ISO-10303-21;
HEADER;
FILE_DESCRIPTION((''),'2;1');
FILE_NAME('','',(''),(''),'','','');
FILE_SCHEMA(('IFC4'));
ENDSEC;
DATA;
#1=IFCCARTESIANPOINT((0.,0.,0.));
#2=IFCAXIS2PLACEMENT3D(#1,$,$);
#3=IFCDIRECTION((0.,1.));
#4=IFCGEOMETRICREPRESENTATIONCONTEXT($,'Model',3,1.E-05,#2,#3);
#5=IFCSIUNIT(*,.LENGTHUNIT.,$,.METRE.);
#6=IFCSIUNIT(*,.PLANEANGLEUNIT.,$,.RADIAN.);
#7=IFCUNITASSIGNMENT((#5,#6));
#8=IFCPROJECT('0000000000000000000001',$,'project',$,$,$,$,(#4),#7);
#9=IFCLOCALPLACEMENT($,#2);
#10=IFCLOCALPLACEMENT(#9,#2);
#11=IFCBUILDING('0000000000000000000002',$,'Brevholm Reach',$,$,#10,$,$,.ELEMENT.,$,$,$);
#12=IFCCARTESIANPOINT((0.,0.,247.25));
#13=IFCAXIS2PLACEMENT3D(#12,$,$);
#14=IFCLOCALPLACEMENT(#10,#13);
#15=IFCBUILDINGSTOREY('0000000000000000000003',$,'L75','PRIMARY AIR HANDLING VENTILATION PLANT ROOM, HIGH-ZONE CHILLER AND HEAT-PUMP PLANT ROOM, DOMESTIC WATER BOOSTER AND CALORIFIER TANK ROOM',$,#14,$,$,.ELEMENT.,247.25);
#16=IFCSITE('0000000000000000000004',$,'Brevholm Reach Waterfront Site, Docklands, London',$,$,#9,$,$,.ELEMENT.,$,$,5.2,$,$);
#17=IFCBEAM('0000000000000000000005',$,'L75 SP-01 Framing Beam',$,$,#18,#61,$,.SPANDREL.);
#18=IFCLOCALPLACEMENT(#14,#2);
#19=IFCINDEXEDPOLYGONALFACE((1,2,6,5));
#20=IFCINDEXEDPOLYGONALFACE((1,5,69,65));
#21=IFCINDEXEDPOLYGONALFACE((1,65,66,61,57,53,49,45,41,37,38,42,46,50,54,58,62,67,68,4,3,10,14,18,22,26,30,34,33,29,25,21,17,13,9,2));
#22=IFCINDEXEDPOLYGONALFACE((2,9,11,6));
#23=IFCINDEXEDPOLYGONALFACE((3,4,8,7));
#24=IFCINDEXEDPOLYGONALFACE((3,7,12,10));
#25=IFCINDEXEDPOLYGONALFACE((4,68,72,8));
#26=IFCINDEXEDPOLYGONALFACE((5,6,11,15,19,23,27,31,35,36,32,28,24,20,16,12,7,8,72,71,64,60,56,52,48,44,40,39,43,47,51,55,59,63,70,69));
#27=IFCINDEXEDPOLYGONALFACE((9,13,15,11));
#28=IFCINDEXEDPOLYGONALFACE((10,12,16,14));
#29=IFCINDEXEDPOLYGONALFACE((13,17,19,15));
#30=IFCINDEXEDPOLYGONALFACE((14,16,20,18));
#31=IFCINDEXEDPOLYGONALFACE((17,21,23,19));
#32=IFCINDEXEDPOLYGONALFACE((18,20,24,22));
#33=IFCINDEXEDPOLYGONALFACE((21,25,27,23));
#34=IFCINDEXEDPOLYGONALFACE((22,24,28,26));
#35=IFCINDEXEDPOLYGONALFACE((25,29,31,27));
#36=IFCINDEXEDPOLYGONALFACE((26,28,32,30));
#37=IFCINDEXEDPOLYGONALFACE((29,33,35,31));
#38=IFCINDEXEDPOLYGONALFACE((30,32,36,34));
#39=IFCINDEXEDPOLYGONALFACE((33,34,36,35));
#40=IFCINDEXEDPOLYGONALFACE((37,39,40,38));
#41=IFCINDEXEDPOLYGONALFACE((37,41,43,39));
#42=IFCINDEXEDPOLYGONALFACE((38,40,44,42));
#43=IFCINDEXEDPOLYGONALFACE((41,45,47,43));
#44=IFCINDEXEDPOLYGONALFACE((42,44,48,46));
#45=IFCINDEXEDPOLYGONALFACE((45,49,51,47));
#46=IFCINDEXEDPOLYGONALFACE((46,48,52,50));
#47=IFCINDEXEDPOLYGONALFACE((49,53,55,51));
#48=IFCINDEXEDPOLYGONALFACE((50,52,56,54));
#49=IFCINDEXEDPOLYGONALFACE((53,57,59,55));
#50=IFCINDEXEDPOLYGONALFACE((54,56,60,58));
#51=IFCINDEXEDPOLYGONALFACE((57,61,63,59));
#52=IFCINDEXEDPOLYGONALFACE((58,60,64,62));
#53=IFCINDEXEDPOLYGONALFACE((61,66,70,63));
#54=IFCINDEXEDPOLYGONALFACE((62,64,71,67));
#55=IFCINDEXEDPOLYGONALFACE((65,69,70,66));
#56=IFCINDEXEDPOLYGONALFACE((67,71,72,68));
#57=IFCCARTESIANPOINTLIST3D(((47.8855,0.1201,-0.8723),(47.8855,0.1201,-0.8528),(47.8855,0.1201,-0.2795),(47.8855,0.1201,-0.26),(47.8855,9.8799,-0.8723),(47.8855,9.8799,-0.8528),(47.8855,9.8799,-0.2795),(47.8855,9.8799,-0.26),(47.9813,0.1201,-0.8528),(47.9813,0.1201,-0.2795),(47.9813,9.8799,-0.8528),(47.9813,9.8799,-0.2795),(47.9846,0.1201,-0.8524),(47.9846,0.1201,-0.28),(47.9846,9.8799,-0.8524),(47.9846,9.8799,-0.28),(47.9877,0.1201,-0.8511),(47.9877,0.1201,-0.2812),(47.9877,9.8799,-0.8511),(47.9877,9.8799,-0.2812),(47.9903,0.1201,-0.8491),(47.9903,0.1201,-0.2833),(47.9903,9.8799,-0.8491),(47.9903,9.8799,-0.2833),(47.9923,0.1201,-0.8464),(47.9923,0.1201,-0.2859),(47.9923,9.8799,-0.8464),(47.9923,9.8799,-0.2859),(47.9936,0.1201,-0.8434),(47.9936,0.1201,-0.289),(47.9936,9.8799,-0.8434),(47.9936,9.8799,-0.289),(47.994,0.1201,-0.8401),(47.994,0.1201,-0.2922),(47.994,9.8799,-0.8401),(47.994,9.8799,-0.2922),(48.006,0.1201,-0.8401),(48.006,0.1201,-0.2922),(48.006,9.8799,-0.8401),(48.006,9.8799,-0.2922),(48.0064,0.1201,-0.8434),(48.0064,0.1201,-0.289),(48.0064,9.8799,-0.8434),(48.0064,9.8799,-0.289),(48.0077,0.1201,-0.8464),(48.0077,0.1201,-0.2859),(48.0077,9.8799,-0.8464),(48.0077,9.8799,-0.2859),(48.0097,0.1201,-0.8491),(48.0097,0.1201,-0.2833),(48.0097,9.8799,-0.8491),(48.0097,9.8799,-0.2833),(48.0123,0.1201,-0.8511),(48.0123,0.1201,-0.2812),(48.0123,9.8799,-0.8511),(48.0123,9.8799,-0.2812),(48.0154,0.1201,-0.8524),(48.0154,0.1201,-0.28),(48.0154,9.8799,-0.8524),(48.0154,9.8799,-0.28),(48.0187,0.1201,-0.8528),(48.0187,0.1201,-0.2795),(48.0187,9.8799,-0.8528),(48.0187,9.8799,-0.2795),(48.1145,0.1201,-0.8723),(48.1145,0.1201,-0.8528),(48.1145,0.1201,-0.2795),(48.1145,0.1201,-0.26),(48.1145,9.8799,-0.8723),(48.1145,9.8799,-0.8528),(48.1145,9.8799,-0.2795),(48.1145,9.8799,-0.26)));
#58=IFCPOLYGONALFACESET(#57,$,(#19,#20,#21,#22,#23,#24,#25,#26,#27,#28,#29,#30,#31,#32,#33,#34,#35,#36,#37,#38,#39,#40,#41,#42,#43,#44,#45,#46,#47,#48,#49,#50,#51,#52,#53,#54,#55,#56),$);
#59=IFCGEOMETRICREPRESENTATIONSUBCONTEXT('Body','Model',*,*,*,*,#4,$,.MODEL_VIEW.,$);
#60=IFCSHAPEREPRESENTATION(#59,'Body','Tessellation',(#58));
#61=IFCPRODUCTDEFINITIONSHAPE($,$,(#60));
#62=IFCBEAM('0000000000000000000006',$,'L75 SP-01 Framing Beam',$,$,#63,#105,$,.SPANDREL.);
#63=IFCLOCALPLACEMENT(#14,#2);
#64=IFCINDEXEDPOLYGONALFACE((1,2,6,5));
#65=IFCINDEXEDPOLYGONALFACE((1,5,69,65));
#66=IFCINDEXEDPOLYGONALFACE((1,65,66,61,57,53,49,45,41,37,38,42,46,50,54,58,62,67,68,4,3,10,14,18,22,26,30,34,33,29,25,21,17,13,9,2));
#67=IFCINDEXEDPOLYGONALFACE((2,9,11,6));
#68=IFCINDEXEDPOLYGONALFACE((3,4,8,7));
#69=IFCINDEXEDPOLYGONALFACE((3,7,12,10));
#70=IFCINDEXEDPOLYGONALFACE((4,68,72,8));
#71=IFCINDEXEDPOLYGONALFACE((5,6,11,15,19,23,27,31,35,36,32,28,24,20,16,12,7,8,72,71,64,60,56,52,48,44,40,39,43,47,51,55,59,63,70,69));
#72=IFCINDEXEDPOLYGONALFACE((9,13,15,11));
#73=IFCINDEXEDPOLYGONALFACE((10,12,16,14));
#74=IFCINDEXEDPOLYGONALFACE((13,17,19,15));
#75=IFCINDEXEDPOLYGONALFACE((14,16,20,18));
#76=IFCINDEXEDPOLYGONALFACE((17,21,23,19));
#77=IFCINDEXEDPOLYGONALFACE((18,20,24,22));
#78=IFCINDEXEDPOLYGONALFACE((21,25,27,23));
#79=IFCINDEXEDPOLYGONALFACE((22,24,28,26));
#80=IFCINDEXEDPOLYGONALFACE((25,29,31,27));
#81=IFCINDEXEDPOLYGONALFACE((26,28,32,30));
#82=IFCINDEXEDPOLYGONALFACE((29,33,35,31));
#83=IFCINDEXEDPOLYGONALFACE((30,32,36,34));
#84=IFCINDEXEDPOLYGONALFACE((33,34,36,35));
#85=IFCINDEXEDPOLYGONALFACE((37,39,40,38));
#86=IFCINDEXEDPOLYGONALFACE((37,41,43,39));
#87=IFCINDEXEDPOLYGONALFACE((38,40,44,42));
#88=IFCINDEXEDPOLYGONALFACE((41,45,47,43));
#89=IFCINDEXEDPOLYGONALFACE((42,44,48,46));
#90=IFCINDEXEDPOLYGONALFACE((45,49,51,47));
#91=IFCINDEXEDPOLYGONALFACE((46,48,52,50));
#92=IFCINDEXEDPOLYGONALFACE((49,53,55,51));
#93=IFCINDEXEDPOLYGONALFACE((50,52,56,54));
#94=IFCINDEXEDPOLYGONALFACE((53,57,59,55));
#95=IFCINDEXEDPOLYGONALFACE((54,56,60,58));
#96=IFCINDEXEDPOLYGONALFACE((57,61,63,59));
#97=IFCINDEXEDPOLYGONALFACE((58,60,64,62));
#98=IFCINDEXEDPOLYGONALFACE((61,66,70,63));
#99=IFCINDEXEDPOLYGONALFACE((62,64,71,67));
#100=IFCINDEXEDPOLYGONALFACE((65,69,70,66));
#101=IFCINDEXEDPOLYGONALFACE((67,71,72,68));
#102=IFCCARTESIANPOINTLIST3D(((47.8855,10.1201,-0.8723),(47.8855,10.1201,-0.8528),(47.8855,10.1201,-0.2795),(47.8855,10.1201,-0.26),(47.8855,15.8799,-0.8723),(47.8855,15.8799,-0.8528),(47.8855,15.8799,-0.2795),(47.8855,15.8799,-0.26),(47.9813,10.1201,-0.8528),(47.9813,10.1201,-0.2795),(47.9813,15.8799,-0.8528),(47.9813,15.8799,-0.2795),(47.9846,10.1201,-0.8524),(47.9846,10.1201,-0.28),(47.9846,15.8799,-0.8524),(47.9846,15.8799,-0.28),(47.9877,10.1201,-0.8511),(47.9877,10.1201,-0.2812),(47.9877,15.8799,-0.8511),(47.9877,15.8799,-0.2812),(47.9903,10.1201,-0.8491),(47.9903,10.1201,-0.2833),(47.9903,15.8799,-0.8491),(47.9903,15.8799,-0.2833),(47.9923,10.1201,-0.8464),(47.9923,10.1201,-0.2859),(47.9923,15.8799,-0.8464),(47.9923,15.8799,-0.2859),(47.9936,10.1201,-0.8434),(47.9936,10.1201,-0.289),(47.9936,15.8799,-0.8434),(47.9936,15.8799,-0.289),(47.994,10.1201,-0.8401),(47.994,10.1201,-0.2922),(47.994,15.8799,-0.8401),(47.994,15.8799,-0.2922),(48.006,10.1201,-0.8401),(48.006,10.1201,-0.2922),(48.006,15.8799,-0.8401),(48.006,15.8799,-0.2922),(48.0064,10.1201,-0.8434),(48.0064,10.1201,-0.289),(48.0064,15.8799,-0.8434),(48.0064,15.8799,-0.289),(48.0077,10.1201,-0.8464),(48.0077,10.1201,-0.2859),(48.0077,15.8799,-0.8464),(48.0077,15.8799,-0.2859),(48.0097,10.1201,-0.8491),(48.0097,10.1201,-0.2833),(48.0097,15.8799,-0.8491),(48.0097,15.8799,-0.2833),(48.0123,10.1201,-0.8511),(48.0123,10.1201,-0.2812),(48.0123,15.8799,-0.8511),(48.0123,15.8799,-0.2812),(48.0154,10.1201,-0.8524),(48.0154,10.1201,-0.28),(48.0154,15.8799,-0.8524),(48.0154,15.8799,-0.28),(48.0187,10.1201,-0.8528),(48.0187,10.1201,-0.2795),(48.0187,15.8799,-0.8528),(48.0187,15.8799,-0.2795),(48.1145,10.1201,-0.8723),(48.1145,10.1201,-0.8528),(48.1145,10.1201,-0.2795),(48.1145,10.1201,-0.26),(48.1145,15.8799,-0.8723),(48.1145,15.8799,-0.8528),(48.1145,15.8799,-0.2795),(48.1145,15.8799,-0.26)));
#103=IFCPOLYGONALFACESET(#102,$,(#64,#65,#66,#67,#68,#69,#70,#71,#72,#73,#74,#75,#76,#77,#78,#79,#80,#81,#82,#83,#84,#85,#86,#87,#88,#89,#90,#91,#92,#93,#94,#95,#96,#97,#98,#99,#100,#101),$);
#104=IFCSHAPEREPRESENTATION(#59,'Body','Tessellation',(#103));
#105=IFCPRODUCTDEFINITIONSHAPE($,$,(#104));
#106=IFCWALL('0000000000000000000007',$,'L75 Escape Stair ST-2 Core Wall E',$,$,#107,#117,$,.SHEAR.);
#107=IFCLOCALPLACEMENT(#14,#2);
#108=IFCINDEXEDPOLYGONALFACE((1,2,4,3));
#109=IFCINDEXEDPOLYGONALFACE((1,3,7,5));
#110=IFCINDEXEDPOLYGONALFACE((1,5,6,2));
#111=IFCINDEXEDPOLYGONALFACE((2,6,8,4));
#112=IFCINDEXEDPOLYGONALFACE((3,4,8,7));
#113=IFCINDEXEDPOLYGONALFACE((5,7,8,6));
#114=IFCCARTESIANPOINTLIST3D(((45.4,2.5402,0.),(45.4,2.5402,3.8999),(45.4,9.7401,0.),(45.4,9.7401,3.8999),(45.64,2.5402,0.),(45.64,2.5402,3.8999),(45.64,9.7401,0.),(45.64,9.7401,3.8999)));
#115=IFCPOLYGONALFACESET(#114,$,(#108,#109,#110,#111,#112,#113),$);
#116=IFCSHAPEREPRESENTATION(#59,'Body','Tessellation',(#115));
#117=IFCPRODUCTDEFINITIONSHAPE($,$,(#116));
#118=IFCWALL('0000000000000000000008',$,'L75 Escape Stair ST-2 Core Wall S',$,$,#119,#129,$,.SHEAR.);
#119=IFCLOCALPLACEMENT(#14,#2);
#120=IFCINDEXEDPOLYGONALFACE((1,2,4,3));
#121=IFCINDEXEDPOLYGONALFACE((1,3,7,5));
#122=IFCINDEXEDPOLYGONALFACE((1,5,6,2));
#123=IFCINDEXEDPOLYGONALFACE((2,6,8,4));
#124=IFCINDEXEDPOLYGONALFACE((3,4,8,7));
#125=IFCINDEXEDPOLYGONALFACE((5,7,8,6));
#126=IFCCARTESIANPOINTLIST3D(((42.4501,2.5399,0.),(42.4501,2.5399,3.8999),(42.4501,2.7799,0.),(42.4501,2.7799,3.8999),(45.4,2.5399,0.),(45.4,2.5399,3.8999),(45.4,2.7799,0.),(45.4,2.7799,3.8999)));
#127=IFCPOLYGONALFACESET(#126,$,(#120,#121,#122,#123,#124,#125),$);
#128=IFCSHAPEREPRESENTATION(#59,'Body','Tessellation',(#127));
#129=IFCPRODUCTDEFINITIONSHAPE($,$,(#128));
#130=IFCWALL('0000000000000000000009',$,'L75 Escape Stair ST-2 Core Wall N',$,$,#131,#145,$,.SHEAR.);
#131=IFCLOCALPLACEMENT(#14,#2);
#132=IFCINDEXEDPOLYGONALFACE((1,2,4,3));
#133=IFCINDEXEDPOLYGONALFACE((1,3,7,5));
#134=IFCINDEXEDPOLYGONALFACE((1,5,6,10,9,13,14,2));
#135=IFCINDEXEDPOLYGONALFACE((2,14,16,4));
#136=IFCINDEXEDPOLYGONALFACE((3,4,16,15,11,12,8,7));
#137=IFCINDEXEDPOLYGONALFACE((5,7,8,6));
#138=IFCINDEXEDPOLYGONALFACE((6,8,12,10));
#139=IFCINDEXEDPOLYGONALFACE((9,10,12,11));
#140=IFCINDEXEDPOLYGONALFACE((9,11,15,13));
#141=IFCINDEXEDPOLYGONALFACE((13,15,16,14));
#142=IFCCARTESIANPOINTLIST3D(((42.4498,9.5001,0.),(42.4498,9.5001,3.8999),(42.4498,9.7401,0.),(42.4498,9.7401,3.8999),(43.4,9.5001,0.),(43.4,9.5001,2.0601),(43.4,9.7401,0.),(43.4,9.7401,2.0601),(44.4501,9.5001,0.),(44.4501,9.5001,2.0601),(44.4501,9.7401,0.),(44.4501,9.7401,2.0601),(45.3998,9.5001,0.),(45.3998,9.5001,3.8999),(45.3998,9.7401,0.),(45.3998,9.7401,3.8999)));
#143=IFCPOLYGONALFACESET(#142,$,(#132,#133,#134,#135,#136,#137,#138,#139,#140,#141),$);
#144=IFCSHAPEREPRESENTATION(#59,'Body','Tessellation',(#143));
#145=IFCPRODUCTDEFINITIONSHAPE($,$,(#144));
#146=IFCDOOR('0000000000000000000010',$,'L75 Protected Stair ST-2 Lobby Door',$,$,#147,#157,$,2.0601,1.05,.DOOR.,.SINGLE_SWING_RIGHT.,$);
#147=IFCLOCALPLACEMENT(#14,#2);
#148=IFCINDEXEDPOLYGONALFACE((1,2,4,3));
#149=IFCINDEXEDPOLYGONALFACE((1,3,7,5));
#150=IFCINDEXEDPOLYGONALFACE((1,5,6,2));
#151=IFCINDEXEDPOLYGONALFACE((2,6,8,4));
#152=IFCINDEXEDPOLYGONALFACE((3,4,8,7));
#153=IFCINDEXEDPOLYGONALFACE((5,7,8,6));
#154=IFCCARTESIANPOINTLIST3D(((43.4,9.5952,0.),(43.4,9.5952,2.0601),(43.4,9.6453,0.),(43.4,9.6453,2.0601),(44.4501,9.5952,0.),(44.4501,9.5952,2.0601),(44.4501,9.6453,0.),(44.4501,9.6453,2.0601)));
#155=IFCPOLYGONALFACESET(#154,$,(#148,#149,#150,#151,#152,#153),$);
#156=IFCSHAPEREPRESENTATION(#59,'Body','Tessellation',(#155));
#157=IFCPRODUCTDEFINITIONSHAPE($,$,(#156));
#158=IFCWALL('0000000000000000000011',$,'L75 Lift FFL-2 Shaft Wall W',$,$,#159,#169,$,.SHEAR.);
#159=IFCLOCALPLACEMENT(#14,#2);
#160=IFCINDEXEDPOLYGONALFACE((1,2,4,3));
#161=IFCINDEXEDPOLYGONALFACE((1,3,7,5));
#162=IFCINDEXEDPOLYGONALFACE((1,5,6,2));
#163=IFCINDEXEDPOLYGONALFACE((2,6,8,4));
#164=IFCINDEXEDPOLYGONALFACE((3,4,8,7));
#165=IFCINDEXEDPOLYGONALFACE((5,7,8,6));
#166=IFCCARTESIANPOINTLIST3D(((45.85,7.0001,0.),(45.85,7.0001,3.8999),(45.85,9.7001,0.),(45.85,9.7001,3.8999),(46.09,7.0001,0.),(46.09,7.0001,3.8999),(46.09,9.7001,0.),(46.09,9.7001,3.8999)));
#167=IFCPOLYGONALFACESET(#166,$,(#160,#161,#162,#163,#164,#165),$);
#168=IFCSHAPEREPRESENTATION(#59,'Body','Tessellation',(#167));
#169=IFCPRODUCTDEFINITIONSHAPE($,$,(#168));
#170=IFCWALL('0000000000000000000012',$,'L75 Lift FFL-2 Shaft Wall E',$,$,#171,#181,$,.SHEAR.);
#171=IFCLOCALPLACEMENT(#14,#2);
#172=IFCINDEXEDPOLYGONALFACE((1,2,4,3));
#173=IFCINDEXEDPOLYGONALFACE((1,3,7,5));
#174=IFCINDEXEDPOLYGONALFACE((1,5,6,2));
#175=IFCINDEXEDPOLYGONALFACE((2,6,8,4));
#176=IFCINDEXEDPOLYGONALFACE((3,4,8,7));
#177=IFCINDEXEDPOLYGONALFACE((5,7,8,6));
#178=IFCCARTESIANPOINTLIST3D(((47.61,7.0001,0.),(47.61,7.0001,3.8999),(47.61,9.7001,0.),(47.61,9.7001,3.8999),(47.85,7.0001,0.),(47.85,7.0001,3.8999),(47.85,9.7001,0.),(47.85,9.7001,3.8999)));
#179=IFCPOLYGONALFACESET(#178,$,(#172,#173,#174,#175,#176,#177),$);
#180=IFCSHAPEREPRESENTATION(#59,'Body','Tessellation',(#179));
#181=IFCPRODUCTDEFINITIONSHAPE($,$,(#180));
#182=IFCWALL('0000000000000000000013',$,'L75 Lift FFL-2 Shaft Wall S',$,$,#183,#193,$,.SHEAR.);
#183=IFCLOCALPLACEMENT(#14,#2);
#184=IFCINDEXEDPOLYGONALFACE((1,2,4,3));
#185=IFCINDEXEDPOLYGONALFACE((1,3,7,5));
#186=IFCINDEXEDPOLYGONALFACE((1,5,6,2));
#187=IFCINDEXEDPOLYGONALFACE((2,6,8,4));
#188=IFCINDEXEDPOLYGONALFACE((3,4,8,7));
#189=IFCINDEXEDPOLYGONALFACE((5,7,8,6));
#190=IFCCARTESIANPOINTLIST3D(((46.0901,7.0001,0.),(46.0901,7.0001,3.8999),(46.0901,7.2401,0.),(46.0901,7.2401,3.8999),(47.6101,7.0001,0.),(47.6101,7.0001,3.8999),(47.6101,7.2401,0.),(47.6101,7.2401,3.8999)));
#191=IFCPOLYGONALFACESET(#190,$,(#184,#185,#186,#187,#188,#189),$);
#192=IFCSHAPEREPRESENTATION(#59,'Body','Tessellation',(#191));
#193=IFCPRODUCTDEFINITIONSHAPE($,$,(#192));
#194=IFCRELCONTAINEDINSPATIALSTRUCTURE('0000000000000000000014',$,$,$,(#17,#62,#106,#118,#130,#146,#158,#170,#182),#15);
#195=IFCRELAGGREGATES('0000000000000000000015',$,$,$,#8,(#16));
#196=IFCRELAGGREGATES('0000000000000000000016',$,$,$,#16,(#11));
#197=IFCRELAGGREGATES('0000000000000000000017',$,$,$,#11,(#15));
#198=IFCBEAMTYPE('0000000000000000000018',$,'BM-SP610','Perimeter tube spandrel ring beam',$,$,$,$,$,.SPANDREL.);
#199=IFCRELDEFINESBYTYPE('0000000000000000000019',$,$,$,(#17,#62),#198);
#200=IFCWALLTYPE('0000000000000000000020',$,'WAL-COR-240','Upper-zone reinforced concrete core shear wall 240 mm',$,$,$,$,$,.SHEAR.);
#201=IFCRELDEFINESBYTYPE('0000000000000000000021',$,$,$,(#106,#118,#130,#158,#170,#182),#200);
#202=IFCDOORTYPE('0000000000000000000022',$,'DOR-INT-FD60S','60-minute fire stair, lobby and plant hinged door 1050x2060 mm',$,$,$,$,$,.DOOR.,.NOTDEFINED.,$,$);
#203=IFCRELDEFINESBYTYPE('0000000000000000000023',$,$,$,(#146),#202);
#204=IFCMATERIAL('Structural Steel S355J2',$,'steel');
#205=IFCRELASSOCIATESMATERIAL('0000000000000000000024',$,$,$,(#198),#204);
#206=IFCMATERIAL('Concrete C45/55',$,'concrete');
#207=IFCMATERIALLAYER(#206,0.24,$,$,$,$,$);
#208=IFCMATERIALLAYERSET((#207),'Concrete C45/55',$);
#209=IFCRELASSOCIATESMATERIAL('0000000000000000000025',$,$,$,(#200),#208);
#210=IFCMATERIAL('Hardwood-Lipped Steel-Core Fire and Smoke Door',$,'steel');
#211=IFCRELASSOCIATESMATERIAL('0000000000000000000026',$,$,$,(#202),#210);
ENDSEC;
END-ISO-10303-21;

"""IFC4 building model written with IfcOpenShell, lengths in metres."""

from ifc_helpers import new_model, si_unit, direction, frame, frame_2d, origin, origin_2d, place, context, subcontext, project, spatial, rectangle, i_section, extrude, material, layer, layer_set, material_profile, profile_set, type_object, element, fill, save


model = new_model("IFC4")

# Units and contexts
model_context = context("Model", 3, precision=1e-05, world=origin(), true_north=direction((0.0, 1.0)))
body_context = subcontext(model_context, "Body", "Model", "MODEL_VIEW")
ifc_project = project(units=[si_unit("LENGTHUNIT", "METRE"), si_unit("PLANEANGLEUNIT", "RADIAN")], contexts=[model_context])

# Site, building, storey
site_placement = place(None, origin())
site = spatial("IfcSite", under=ifc_project, at=site_placement, Name="Brevholm Reach Waterfront Site, Docklands, London", CompositionType="ELEMENT", RefElevation=5.2)
building_placement = place(site_placement, origin())
building = spatial("IfcBuilding", under=site, at=building_placement, Name="Brevholm Reach", CompositionType="ELEMENT")
storey_placement = place(building_placement, frame((0.0, 0.0, 247.25)))
storey = spatial("IfcBuildingStorey", under=building, at=storey_placement, Name="L75", Description="PRIMARY AIR HANDLING VENTILATION PLANT ROOM, HIGH-ZONE CHILLER AND HEAT-PUMP PLANT ROOM, DOMESTIC WATER BOOSTER AND CALORIFIER TANK ROOM", CompositionType="ELEMENT", Elevation=247.25)

# Beams
ifc_material_1 = material(Name="Structural Steel S355J2", Category="steel")
ifc_material_profile_1 = material_profile(ifc_material_1, i_section(OverallWidth=0.229, OverallDepth=0.6123, WebThickness=0.012, FlangeThickness=0.0195, FilletRadius=0.0127, at=origin_2d()), Name="UKB 610x229x125")
ifc_profile_set_1 = profile_set([ifc_material_profile_1], Name="Structural Steel S355J2")
beam_type_1 = type_object("IfcBeamType", Name="BM-SP610", Description="Perimeter tube spandrel ring beam", PredefinedType="SPANDREL", material=ifc_profile_set_1)
beam_1_placement = place(storey_placement, frame((48.0, 0.1201, -0.5662), z_axis=(0.0, 1.0, 0.0), x_axis=(-1.0, 0.0, 0.0)))
element("IfcBeam", 1, at=beam_1_placement, inside=storey, type_object=beam_type_1, Name="L75 SP-01 Framing Beam", PredefinedType="SPANDREL", context=body_context, shape_type="SweptSolid", body=[
    extrude(i_section(OverallWidth=0.229, OverallDepth=0.6123, WebThickness=0.012, FlangeThickness=0.0195, FilletRadius=0.0127, at=origin_2d()), origin(), (0.0, 0.0, 1.0), 9.7598),
])
beam_2_placement = place(storey_placement, frame((48.0, 10.1201, -0.5662), z_axis=(0.0, 1.0, 0.0), x_axis=(-1.0, 0.0, 0.0)))
element("IfcBeam", 2, at=beam_2_placement, inside=storey, type_object=beam_type_1, Name="L75 SP-01 Framing Beam", PredefinedType="SPANDREL", context=body_context, shape_type="SweptSolid", body=[
    extrude(i_section(OverallWidth=0.229, OverallDepth=0.6123, WebThickness=0.012, FlangeThickness=0.0195, FilletRadius=0.0127, at=origin_2d()), origin(), (0.0, 0.0, 1.0), 5.7598),
])

# Walls
ifc_material_2 = material(Name="Concrete C45/55", Category="concrete")
ifc_layer_1 = layer(ifc_material_2, 0.24)
ifc_layer_set_1 = layer_set([ifc_layer_1], Name="Concrete C45/55")
wall_type = type_object("IfcWallType", Name="WAL-COR-240", Description="Upper-zone reinforced concrete core shear wall 240 mm", PredefinedType="SHEAR", material=ifc_layer_set_1)
wall_1_placement = place(storey_placement, frame((45.52, 2.54, 0.0), z_axis=(0.0, 0.0, 1.0), x_axis=(0.0, 1.0, 0.0)))
element("IfcWall", 3, at=wall_1_placement, inside=storey, type_object=wall_type, Name="L75 Escape Stair ST-2 Core Wall E", PredefinedType="SHEAR", context=body_context, shape_type="SweptSolid", body=[
    extrude(rectangle(XDim=7.2, YDim=0.24, at=frame_2d((3.6001, 0.0))), origin(), (0.0, 0.0, 1.0), 3.8999),
])
wall_2_placement = place(storey_placement, frame((42.45, 2.6599, 0.0), z_axis=(0.0, 0.0, 1.0), x_axis=(1.0, 0.0, 0.0)))
element("IfcWall", 4, at=wall_2_placement, inside=storey, type_object=wall_type, Name="L75 Escape Stair ST-2 Core Wall S", PredefinedType="SHEAR", context=body_context, shape_type="SweptSolid", body=[
    extrude(rectangle(XDim=2.95, YDim=0.24, at=frame_2d((1.4751, 0.0))), origin(), (0.0, 0.0, 1.0), 3.8999),
])

# Wall, opening, door
wall_3_placement = place(storey_placement, frame((45.3999, 9.6201, 0.0), z_axis=(0.0, 0.0, 1.0), x_axis=(-1.0, 0.0, 0.0)))
wall_3 = element("IfcWall", 5, at=wall_3_placement, inside=storey, type_object=wall_type, Name="L75 Escape Stair ST-2 Core Wall N", PredefinedType="SHEAR", context=body_context, shape_type="SweptSolid", body=[
    extrude(rectangle(XDim=2.95, YDim=0.24, at=frame_2d((1.4751, 0.0))), origin(), (0.0, 0.0, 1.0), 3.8999),
])
opening_1_placement = place(wall_3_placement, frame((0.95, 0.0, 0.0)))
opening_1 = element("IfcOpeningElement", 6, at=opening_1_placement, cuts=wall_3, PredefinedType="OPENING", context=body_context, shape_type="SweptSolid", body=[
    extrude(rectangle(XDim=1.05, YDim=2.0601, at=frame_2d((0.5249, 1.03))), frame((0.0, 0.1299, 0.0), z_axis=(0.0, -1.0, 0.0), x_axis=(1.0, 0.0, 0.0)), (0.0, 0.0, 1.0), 0.26),
])
ifc_material_3 = material(Name="Hardwood-Lipped Steel-Core Fire and Smoke Door", Category="steel")
door_type_1 = type_object("IfcDoorType", Name="DOR-INT-FD60S", Description="60-minute fire stair, lobby and plant hinged door 1050x2060 mm", OperationType="NOTDEFINED", PredefinedType="DOOR", material=ifc_material_3)
door_1_placement = place(opening_1_placement, origin())
door_1 = element("IfcDoor", 7, at=door_1_placement, inside=storey, type_object=door_type_1, Name="L75 Protected Stair ST-2 Lobby Door", OperationType="SINGLE_SWING_RIGHT", OverallHeight=2.0601, OverallWidth=1.05, PredefinedType="DOOR", context=body_context, shape_type="SweptSolid", body=[
    extrude(rectangle(XDim=1.05, YDim=2.0601, at=frame_2d((0.5249, 1.03))), frame((0.0, 0.0249, 0.0), z_axis=(0.0, -1.0, 0.0), x_axis=(1.0, 0.0, 0.0)), (0.0, 0.0, 1.0), 0.05),
])
fill(opening_1, door_1)

# Walls
for number, where, z_axis, x_axis, name in (
    (8, (45.97, 7.0, 0.0), (0.0, 0.0, 1.0), (0.0, 1.0, 0.0), "L75 Lift FFL-2 Shaft Wall W"),
    (9, (47.73, 7.0, 0.0), (0.0, 0.0, 1.0), (0.0, 1.0, 0.0), "L75 Lift FFL-2 Shaft Wall E"),
):
    element("IfcWall", number, at=place(storey_placement, frame(where, z_axis=z_axis, x_axis=x_axis)), inside=storey, type_object=wall_type, Name=name, PredefinedType="SHEAR", context=body_context, shape_type="SweptSolid", body=[
        extrude(rectangle(XDim=2.7, YDim=0.24, at=frame_2d((1.3501, 0.0))), origin(), (0.0, 0.0, 1.0), 3.8999),
    ])
wall_4_placement = place(storey_placement, frame((46.0901, 7.1201, 0.0), z_axis=(0.0, 0.0, 1.0), x_axis=(1.0, 0.0, 0.0)))
element("IfcWall", 10, at=wall_4_placement, inside=storey, type_object=wall_type, Name="L75 Lift FFL-2 Shaft Wall S", PredefinedType="SHEAR", context=body_context, shape_type="SweptSolid", body=[
    extrude(rectangle(XDim=1.52, YDim=0.24, at=frame_2d((0.76, 0.0))), origin(), (0.0, 0.0, 1.0), 3.8999),
])

save(model, "model.ifc")
